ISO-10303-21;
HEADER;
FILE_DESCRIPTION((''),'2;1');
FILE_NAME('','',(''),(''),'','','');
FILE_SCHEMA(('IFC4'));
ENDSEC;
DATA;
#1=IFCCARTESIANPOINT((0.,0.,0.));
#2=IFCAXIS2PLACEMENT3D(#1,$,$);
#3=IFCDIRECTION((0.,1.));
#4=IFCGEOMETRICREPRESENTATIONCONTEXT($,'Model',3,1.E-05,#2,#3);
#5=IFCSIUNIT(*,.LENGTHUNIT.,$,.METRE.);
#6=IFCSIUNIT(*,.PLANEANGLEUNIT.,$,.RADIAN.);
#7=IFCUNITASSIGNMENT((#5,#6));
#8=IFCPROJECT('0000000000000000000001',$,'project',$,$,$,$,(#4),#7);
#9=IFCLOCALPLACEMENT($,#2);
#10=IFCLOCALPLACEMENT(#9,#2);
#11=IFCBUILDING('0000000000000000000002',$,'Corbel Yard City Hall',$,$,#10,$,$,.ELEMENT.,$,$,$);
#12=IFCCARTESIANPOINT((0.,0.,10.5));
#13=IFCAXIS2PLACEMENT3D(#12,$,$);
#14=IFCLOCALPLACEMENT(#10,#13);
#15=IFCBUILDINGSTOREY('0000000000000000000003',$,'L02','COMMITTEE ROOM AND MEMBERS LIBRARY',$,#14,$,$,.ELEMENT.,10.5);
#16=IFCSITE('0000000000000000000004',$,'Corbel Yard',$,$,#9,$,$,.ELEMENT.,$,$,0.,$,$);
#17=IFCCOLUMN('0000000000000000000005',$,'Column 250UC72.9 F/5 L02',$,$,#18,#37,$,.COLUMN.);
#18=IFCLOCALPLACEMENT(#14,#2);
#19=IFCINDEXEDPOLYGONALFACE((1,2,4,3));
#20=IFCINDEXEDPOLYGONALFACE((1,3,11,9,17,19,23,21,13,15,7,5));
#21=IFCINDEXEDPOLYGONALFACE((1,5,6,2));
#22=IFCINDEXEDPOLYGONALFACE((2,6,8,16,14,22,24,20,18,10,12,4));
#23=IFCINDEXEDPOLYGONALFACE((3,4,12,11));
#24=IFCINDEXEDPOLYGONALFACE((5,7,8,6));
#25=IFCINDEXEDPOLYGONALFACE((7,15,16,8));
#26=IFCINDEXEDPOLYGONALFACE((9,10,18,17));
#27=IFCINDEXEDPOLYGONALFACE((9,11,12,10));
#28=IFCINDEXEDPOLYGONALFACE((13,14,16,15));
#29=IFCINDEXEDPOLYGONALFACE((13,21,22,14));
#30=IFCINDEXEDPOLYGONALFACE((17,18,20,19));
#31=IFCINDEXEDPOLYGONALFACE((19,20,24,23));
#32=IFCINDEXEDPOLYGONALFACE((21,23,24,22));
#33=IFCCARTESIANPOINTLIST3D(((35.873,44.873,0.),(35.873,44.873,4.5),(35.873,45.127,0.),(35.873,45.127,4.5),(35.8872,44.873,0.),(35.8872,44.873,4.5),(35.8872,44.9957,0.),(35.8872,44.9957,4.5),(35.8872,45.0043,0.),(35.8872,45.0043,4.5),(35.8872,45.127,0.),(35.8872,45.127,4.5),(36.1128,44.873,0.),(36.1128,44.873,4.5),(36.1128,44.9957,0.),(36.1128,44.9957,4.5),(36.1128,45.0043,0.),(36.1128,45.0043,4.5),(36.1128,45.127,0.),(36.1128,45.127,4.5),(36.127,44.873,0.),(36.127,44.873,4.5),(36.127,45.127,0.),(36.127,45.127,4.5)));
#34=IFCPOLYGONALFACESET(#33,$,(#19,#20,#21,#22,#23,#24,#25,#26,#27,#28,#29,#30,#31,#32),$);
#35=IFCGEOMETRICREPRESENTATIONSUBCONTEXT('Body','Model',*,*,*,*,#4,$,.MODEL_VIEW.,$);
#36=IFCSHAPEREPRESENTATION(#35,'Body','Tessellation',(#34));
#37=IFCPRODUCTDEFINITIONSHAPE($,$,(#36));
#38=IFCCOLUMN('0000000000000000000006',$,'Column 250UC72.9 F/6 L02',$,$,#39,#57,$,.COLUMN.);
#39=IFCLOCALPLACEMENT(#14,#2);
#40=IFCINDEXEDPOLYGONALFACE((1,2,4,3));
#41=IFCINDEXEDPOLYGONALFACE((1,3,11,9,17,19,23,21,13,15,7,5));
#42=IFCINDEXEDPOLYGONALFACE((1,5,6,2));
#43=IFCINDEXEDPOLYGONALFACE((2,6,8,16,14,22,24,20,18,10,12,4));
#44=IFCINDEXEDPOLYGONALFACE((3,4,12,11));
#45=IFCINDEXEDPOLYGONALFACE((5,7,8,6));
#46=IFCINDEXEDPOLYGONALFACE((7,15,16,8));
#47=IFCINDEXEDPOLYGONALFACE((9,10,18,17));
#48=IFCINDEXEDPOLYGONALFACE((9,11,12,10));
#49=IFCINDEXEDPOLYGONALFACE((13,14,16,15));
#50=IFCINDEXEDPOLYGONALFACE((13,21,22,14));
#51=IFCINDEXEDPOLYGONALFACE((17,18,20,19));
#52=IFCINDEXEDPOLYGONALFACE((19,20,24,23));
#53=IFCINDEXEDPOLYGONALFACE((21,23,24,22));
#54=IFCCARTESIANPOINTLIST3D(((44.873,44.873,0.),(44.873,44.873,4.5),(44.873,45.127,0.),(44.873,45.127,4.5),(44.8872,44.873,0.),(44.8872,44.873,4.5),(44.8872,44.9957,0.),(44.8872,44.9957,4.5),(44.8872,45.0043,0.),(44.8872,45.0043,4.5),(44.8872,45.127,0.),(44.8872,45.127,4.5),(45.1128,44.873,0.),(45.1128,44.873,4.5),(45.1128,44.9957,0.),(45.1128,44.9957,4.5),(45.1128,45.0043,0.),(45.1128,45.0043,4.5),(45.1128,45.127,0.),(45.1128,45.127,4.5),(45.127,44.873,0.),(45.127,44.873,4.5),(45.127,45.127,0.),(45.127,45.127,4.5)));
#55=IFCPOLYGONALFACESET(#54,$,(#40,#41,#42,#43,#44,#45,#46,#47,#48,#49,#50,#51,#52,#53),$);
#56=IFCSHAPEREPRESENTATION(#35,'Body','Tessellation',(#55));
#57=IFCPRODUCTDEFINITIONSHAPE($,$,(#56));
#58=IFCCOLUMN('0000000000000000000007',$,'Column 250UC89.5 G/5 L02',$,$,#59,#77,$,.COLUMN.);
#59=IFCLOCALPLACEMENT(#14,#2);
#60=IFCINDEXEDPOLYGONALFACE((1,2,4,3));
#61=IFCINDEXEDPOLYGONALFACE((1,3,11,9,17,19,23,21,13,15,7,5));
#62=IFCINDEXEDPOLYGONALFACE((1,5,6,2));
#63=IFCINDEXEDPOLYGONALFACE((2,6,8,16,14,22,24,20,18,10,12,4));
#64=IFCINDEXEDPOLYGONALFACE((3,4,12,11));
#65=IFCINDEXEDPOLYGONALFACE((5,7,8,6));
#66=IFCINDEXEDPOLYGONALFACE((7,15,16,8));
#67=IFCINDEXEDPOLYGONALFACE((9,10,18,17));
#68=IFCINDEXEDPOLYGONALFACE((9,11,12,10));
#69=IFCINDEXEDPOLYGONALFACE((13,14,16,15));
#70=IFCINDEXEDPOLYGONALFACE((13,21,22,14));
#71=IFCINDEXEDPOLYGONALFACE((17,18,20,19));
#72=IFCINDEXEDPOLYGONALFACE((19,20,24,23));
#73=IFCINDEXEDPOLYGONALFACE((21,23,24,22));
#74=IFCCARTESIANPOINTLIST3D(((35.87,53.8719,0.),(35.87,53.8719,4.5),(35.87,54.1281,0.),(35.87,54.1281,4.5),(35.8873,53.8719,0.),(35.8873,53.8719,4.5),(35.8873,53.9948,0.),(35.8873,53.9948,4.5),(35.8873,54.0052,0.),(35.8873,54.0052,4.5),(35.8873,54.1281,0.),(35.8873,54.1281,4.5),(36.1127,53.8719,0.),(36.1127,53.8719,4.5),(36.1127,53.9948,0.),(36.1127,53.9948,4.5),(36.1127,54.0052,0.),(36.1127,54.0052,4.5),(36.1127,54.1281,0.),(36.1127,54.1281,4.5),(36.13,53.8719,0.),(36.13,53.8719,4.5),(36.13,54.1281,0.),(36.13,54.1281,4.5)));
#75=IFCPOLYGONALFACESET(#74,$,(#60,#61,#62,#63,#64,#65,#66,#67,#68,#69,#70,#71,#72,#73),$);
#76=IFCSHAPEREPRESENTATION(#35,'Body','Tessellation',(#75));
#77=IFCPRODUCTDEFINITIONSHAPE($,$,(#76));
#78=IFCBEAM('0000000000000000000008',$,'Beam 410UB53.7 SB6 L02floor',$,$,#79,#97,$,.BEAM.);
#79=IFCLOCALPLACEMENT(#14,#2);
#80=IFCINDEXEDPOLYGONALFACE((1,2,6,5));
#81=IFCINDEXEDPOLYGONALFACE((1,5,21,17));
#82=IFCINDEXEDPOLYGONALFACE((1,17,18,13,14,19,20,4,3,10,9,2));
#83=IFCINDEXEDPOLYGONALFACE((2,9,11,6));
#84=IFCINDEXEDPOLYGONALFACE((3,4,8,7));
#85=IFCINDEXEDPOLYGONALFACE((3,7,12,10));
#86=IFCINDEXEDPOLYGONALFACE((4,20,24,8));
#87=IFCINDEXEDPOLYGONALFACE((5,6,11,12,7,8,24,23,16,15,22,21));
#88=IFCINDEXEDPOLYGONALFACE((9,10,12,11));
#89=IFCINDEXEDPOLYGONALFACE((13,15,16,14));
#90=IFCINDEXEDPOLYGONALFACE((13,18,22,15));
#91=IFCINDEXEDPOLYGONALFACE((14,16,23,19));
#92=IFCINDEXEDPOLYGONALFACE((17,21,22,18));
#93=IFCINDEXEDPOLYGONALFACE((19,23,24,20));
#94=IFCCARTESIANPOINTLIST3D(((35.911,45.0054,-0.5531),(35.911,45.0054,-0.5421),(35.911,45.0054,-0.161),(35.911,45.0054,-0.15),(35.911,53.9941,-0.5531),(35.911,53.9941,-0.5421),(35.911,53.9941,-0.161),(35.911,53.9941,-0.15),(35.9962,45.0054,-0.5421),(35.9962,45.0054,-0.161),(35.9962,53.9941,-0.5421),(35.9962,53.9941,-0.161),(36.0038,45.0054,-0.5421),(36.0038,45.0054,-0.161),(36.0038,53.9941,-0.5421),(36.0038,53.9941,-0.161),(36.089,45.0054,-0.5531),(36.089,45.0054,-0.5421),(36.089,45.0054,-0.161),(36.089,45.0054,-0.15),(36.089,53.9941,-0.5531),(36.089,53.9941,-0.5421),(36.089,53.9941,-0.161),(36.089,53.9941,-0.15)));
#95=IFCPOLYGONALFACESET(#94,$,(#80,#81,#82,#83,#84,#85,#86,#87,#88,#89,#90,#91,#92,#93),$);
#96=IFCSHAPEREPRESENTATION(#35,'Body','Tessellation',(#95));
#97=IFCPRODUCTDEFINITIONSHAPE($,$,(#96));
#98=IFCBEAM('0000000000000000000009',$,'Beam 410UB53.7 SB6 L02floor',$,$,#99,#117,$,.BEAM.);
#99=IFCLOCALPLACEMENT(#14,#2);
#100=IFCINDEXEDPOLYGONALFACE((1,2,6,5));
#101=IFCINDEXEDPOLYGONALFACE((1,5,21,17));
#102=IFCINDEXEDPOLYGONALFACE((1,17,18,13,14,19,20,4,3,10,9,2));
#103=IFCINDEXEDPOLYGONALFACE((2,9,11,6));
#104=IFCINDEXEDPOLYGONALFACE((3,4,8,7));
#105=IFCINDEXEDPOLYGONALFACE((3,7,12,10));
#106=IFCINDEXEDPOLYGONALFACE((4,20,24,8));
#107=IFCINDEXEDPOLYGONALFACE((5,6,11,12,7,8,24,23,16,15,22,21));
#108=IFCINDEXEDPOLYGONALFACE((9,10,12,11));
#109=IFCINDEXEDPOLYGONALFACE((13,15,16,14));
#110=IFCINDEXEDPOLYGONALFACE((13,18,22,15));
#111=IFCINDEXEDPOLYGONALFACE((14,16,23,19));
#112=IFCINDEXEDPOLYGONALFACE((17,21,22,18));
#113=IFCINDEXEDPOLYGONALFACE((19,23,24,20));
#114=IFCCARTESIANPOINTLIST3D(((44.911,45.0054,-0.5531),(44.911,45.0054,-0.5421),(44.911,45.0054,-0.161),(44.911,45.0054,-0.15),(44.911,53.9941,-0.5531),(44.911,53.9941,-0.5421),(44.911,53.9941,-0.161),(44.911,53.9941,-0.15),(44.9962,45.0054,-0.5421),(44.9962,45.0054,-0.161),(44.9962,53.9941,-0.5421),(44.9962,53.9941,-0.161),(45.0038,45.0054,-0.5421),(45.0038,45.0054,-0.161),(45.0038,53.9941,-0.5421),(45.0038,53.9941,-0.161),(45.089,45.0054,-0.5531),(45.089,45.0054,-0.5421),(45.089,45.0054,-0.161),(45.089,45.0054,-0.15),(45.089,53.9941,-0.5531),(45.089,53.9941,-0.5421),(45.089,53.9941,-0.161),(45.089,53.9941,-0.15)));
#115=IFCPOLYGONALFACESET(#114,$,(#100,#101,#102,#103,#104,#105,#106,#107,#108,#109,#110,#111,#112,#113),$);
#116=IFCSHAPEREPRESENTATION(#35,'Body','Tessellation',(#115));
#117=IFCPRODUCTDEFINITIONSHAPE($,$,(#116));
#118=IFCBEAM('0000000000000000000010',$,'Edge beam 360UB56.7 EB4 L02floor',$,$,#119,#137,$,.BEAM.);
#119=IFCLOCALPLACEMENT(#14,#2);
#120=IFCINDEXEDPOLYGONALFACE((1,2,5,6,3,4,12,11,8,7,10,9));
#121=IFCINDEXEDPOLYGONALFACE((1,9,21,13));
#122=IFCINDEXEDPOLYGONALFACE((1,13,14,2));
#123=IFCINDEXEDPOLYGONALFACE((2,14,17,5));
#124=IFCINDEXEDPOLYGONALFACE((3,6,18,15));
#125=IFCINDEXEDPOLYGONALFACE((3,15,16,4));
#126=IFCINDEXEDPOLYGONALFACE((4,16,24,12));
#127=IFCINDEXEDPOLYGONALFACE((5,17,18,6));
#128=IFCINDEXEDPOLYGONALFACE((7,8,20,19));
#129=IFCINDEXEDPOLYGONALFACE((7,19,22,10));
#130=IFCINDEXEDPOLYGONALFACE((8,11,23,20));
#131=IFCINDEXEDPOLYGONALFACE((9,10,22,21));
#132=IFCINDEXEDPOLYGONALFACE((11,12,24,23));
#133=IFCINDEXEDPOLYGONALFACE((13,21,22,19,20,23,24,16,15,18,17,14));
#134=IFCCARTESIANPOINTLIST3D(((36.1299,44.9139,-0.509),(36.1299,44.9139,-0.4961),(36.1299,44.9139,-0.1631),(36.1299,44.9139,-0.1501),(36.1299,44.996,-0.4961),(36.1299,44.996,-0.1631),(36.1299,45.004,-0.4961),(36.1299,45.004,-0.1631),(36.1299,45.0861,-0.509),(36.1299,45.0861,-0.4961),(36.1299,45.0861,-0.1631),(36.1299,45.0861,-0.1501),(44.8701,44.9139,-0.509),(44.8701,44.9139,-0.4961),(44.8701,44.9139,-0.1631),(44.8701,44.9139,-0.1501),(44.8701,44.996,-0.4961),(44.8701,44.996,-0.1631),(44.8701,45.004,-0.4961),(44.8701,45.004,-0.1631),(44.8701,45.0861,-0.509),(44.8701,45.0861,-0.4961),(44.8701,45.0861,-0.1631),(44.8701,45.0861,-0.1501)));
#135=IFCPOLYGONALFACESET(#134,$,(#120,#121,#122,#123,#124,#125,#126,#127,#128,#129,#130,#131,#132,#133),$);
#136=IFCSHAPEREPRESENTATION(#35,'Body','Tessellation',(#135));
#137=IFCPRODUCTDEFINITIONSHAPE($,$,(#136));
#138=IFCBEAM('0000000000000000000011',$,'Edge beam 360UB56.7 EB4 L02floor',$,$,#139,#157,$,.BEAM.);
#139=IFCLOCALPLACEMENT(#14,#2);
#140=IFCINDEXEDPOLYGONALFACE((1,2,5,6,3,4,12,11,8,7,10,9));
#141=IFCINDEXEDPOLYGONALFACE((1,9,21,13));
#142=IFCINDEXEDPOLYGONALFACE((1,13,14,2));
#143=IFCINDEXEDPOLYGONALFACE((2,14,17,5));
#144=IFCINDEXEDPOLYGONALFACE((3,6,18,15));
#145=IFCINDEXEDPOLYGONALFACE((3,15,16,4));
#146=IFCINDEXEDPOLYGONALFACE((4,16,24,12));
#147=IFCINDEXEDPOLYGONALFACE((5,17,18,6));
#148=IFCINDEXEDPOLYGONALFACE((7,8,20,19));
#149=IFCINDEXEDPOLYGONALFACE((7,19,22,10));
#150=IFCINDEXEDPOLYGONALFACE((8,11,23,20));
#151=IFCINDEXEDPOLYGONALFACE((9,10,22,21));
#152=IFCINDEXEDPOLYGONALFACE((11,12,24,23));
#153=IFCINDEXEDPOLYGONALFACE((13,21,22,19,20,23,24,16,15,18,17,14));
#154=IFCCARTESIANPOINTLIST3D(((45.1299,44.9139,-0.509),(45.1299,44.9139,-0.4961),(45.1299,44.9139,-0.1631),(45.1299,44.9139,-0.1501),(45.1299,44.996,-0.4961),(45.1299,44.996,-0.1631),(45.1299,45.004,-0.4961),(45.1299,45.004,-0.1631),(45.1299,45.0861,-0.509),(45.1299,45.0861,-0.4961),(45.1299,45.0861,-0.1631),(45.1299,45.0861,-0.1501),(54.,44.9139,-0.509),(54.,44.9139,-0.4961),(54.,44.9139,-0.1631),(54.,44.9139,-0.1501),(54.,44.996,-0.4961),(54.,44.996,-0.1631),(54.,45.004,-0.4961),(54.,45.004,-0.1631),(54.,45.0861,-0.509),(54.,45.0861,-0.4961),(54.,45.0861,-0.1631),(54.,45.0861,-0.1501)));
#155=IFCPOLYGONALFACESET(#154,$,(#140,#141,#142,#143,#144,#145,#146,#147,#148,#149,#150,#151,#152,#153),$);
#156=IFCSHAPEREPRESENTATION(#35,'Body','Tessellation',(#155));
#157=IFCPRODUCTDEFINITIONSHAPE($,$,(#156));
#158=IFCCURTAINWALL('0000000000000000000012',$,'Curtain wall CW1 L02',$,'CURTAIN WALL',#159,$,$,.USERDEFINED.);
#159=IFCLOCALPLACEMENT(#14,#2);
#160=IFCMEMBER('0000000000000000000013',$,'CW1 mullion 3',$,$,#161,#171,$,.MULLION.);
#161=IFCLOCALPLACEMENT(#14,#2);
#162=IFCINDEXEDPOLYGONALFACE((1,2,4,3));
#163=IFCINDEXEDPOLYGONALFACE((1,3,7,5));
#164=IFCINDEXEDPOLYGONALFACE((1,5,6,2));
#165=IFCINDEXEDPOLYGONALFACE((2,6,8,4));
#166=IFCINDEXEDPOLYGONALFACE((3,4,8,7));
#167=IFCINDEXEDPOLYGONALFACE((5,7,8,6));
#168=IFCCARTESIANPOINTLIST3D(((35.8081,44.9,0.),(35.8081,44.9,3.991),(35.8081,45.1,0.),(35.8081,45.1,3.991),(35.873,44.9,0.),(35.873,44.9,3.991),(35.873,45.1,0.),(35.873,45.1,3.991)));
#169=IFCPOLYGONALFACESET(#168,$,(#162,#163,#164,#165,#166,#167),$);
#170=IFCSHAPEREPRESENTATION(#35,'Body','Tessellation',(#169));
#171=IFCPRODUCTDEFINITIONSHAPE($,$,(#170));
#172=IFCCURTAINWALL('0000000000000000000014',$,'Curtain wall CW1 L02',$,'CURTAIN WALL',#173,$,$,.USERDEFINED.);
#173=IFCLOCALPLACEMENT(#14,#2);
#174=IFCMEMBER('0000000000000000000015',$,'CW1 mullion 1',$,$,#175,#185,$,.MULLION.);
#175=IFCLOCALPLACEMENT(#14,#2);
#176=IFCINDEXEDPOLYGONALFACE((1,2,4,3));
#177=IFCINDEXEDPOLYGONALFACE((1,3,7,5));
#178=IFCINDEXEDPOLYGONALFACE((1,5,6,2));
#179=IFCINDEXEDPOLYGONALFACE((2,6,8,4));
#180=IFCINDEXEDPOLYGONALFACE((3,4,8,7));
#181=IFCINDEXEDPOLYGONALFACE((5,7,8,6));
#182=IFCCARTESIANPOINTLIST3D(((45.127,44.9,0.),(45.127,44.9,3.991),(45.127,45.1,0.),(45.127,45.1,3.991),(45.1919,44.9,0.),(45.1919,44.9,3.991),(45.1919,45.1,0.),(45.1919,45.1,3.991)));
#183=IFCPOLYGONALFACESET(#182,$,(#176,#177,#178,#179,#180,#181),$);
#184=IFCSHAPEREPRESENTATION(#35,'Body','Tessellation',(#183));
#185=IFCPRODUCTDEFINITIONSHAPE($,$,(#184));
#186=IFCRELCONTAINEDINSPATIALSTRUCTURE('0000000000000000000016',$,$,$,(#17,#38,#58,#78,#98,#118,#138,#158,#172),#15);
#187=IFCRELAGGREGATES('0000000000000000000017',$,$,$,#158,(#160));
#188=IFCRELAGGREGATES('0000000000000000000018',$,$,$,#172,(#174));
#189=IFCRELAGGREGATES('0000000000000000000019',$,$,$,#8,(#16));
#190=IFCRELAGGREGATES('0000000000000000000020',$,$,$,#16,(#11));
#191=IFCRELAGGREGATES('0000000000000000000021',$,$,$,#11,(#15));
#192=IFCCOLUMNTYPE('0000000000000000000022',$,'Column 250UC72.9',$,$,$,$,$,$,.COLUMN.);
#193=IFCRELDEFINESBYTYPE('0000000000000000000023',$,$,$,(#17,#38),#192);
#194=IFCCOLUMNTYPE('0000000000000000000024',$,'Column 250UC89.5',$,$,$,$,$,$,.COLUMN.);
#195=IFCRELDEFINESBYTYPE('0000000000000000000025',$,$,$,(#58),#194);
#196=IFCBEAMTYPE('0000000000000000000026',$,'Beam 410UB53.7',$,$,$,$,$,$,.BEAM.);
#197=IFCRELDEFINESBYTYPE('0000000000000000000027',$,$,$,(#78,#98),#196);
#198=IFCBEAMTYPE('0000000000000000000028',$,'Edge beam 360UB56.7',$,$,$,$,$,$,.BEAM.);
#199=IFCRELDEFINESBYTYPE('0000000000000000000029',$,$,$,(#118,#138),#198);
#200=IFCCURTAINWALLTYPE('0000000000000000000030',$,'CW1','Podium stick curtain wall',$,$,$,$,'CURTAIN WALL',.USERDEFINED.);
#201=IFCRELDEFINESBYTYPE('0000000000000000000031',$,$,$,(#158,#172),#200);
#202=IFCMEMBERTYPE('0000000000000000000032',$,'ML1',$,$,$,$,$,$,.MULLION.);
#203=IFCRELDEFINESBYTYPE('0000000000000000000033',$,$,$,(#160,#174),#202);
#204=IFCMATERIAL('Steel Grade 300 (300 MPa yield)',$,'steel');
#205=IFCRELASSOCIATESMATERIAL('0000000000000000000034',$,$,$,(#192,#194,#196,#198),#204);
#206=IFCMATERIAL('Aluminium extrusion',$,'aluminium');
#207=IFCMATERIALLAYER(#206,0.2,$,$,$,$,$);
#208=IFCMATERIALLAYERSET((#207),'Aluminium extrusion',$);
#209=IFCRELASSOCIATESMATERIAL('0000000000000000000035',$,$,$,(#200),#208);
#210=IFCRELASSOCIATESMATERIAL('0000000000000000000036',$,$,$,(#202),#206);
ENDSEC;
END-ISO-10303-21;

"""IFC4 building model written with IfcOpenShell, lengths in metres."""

from ifc_helpers import new_model, si_unit, direction, frame, origin, origin_2d, place, context, subcontext, project, spatial, rectangle, i_section, extrude, material, layer, layer_set, material_profile, profile_set, type_object, element, aggregate, save


model = new_model("IFC4")

# Units and contexts
model_context = context("Model", 3, precision=1e-05, world=origin(), true_north=direction((0.0, 1.0)))
body_context = subcontext(model_context, "Body", "Model", "MODEL_VIEW")
ifc_project = project(units=[si_unit("LENGTHUNIT", "METRE"), si_unit("PLANEANGLEUNIT", "RADIAN")], contexts=[model_context])

# Site, building, storey
site_placement = place(None, origin())
site = spatial("IfcSite", under=ifc_project, at=site_placement, Name="Corbel Yard", CompositionType="ELEMENT", RefElevation=0.0)
building_placement = place(site_placement, origin())
building = spatial("IfcBuilding", under=site, at=building_placement, Name="Corbel Yard City Hall", CompositionType="ELEMENT")
storey_placement = place(building_placement, frame((0.0, 0.0, 10.5)))
storey = spatial("IfcBuildingStorey", under=building, at=storey_placement, Name="L02", Description="COMMITTEE ROOM AND MEMBERS LIBRARY", CompositionType="ELEMENT", Elevation=10.5)

# Columns
ifc_material_1 = material(Name="Steel Grade 300 (300 MPa yield)", Category="steel")
ifc_material_profile_1 = material_profile(ifc_material_1, i_section(OverallWidth=0.2539, OverallDepth=0.2539, WebThickness=0.0085, FlangeThickness=0.0142, at=origin_2d()), Name="250UC72.9")
ifc_profile_set_1 = profile_set([ifc_material_profile_1], Name="Steel Grade 300 (300 MPa yield)")
column_type_1 = type_object("IfcColumnType", Name="Column 250UC72.9", PredefinedType="COLUMN", material=ifc_profile_set_1)
for number, where, z_axis, x_axis, name in (
    (1, (36.0, 45.0, 0.0), (0.0, 0.0, 1.0), (0.0, 1.0, 0.0), "Column 250UC72.9 F/5 L02"),
    (2, (45.0, 45.0, 0.0), (0.0, 0.0, 1.0), (0.0, 1.0, 0.0), "Column 250UC72.9 F/6 L02"),
):
    element("IfcColumn", number, at=place(storey_placement, frame(where, z_axis=z_axis, x_axis=x_axis)), inside=storey, type_object=column_type_1, Name=name, PredefinedType="COLUMN", context=body_context, shape_type="SweptSolid", body=[
        extrude(i_section(OverallWidth=0.2539, OverallDepth=0.2539, WebThickness=0.0085, FlangeThickness=0.0142, at=origin_2d()), origin(), (0.0, 0.0, 1.0), 4.5),
    ])
ifc_material_profile_2 = material_profile(ifc_material_1, i_section(OverallWidth=0.2561, OverallDepth=0.26, WebThickness=0.0105, FlangeThickness=0.0173, at=origin_2d()), Name="250UC89.5")
ifc_profile_set_2 = profile_set([ifc_material_profile_2], Name="Steel Grade 300 (300 MPa yield)")
column_type_2 = type_object("IfcColumnType", Name="Column 250UC89.5", PredefinedType="COLUMN", material=ifc_profile_set_2)
column_placement = place(storey_placement, frame((36.0, 54.0, 0.0), z_axis=(0.0, 0.0, 1.0), x_axis=(0.0, 1.0, 0.0)))
element("IfcColumn", 3, at=column_placement, inside=storey, type_object=column_type_2, Name="Column 250UC89.5 G/5 L02", PredefinedType="COLUMN", context=body_context, shape_type="SweptSolid", body=[
    extrude(i_section(OverallWidth=0.2561, OverallDepth=0.26, WebThickness=0.0105, FlangeThickness=0.0173, at=origin_2d()), origin(), (0.0, 0.0, 1.0), 4.5),
])

# Beams
ifc_material_profile_3 = material_profile(ifc_material_1, i_section(OverallWidth=0.178, OverallDepth=0.4031, WebThickness=0.0076, FlangeThickness=0.011, at=origin_2d()), Name="410UB53.7")
ifc_profile_set_3 = profile_set([ifc_material_profile_3], Name="Steel Grade 300 (300 MPa yield)")
beam_type_1 = type_object("IfcBeamType", Name="Beam 410UB53.7", PredefinedType="BEAM", material=ifc_profile_set_3)
for number, where, z_axis, x_axis, name in (
    (4, (36.0, 45.0054, -0.3516), (0.0, 1.0, 0.0), (-1.0, 0.0, 0.0), "Beam 410UB53.7 SB6 L02floor"),
    (5, (45.0, 45.0054, -0.3516), (0.0, 1.0, 0.0), (-1.0, 0.0, 0.0), "Beam 410UB53.7 SB6 L02floor"),
):
    element("IfcBeam", number, at=place(storey_placement, frame(where, z_axis=z_axis, x_axis=x_axis)), inside=storey, type_object=beam_type_1, Name=name, PredefinedType="BEAM", context=body_context, shape_type="SweptSolid", body=[
        extrude(i_section(OverallWidth=0.178, OverallDepth=0.4031, WebThickness=0.0076, FlangeThickness=0.011, at=origin_2d()), origin(), (0.0, 0.0, 1.0), 8.9888),
    ])
ifc_material_profile_4 = material_profile(ifc_material_1, i_section(OverallWidth=0.1721, OverallDepth=0.3589, WebThickness=0.0081, FlangeThickness=0.0129, at=origin_2d()), Name="360UB56.7")
ifc_profile_set_4 = profile_set([ifc_material_profile_4], Name="Steel Grade 300 (300 MPa yield)")
beam_type_2 = type_object("IfcBeamType", Name="Edge beam 360UB56.7", PredefinedType="BEAM", material=ifc_profile_set_4)
beam_1_placement = place(storey_placement, frame((36.1299, 45.0, -0.3296), z_axis=(1.0, 0.0, 0.0), x_axis=(0.0, 1.0, 0.0)))
element("IfcBeam", 6, at=beam_1_placement, inside=storey, type_object=beam_type_2, Name="Edge beam 360UB56.7 EB4 L02floor", PredefinedType="BEAM", context=body_context, shape_type="SweptSolid", body=[
    extrude(i_section(OverallWidth=0.1721, OverallDepth=0.3589, WebThickness=0.0081, FlangeThickness=0.0129, at=origin_2d()), origin(), (0.0, 0.0, 1.0), 8.7402),
])
beam_2_placement = place(storey_placement, frame((45.1299, 45.0, -0.3296), z_axis=(1.0, 0.0, 0.0), x_axis=(0.0, 1.0, 0.0)))
element("IfcBeam", 7, at=beam_2_placement, inside=storey, type_object=beam_type_2, Name="Edge beam 360UB56.7 EB4 L02floor", PredefinedType="BEAM", context=body_context, shape_type="SweptSolid", body=[
    extrude(i_section(OverallWidth=0.1721, OverallDepth=0.3589, WebThickness=0.0081, FlangeThickness=0.0129, at=origin_2d()), origin(), (0.0, 0.0, 1.0), 8.8701),
])

# Curtain walls, members
ifc_material_2 = material(Name="Aluminium extrusion", Category="aluminium")
ifc_layer_1 = layer(ifc_material_2, 0.2)
ifc_layer_set_1 = layer_set([ifc_layer_1], Name="Aluminium extrusion")
curtain_wall_type = type_object("IfcCurtainWallType", Name="CW1", Description="Podium stick curtain wall", ElementType="CURTAIN WALL", PredefinedType="USERDEFINED", material=ifc_layer_set_1)
curtain_wall_1_placement = place(storey_placement, origin())
curtain_wall_1 = element("IfcCurtainWall", 8, at=curtain_wall_1_placement, inside=storey, type_object=curtain_wall_type, Name="Curtain wall CW1 L02", ObjectType="CURTAIN WALL", PredefinedType="USERDEFINED")
ifc_material_profile_5 = material_profile(ifc_material_2, rectangle(XDim=0.2, YDim=0.0649, at=origin_2d()), Name="200x65")
ifc_profile_set_5 = profile_set([ifc_material_profile_5], Name="Aluminium extrusion")
member_type_1 = type_object("IfcMemberType", Name="ML1", PredefinedType="MULLION", material=ifc_profile_set_5)
member_1_placement = place(storey_placement, frame((35.8406, 45.0, 0.0), z_axis=(0.0, 0.0, 1.0), x_axis=(0.0, 1.0, 0.0)))
member_1 = element("IfcMember", 9, at=member_1_placement, type_object=member_type_1, Name="CW1 mullion 3", PredefinedType="MULLION", context=body_context, shape_type="SweptSolid", body=[
    extrude(rectangle(XDim=0.2, YDim=0.0649, at=origin_2d()), origin(), (0.0, 0.0, 1.0), 3.991),
])
curtain_wall_2_placement = place(storey_placement, origin())
curtain_wall_2 = element("IfcCurtainWall", 10, at=curtain_wall_2_placement, inside=storey, type_object=curtain_wall_type, Name="Curtain wall CW1 L02", ObjectType="CURTAIN WALL", PredefinedType="USERDEFINED")
member_2_placement = place(storey_placement, frame((45.1594, 45.0, 0.0), z_axis=(0.0, 0.0, 1.0), x_axis=(0.0, 1.0, 0.0)))
member_2 = element("IfcMember", 11, at=member_2_placement, type_object=member_type_1, Name="CW1 mullion 1", PredefinedType="MULLION", context=body_context, shape_type="SweptSolid", body=[
    extrude(rectangle(XDim=0.2, YDim=0.0649, at=origin_2d()), origin(), (0.0, 0.0, 1.0), 3.991),
])

aggregate(curtain_wall_1, [member_1])
aggregate(curtain_wall_2, [member_2])

save(model, "model.ifc")
